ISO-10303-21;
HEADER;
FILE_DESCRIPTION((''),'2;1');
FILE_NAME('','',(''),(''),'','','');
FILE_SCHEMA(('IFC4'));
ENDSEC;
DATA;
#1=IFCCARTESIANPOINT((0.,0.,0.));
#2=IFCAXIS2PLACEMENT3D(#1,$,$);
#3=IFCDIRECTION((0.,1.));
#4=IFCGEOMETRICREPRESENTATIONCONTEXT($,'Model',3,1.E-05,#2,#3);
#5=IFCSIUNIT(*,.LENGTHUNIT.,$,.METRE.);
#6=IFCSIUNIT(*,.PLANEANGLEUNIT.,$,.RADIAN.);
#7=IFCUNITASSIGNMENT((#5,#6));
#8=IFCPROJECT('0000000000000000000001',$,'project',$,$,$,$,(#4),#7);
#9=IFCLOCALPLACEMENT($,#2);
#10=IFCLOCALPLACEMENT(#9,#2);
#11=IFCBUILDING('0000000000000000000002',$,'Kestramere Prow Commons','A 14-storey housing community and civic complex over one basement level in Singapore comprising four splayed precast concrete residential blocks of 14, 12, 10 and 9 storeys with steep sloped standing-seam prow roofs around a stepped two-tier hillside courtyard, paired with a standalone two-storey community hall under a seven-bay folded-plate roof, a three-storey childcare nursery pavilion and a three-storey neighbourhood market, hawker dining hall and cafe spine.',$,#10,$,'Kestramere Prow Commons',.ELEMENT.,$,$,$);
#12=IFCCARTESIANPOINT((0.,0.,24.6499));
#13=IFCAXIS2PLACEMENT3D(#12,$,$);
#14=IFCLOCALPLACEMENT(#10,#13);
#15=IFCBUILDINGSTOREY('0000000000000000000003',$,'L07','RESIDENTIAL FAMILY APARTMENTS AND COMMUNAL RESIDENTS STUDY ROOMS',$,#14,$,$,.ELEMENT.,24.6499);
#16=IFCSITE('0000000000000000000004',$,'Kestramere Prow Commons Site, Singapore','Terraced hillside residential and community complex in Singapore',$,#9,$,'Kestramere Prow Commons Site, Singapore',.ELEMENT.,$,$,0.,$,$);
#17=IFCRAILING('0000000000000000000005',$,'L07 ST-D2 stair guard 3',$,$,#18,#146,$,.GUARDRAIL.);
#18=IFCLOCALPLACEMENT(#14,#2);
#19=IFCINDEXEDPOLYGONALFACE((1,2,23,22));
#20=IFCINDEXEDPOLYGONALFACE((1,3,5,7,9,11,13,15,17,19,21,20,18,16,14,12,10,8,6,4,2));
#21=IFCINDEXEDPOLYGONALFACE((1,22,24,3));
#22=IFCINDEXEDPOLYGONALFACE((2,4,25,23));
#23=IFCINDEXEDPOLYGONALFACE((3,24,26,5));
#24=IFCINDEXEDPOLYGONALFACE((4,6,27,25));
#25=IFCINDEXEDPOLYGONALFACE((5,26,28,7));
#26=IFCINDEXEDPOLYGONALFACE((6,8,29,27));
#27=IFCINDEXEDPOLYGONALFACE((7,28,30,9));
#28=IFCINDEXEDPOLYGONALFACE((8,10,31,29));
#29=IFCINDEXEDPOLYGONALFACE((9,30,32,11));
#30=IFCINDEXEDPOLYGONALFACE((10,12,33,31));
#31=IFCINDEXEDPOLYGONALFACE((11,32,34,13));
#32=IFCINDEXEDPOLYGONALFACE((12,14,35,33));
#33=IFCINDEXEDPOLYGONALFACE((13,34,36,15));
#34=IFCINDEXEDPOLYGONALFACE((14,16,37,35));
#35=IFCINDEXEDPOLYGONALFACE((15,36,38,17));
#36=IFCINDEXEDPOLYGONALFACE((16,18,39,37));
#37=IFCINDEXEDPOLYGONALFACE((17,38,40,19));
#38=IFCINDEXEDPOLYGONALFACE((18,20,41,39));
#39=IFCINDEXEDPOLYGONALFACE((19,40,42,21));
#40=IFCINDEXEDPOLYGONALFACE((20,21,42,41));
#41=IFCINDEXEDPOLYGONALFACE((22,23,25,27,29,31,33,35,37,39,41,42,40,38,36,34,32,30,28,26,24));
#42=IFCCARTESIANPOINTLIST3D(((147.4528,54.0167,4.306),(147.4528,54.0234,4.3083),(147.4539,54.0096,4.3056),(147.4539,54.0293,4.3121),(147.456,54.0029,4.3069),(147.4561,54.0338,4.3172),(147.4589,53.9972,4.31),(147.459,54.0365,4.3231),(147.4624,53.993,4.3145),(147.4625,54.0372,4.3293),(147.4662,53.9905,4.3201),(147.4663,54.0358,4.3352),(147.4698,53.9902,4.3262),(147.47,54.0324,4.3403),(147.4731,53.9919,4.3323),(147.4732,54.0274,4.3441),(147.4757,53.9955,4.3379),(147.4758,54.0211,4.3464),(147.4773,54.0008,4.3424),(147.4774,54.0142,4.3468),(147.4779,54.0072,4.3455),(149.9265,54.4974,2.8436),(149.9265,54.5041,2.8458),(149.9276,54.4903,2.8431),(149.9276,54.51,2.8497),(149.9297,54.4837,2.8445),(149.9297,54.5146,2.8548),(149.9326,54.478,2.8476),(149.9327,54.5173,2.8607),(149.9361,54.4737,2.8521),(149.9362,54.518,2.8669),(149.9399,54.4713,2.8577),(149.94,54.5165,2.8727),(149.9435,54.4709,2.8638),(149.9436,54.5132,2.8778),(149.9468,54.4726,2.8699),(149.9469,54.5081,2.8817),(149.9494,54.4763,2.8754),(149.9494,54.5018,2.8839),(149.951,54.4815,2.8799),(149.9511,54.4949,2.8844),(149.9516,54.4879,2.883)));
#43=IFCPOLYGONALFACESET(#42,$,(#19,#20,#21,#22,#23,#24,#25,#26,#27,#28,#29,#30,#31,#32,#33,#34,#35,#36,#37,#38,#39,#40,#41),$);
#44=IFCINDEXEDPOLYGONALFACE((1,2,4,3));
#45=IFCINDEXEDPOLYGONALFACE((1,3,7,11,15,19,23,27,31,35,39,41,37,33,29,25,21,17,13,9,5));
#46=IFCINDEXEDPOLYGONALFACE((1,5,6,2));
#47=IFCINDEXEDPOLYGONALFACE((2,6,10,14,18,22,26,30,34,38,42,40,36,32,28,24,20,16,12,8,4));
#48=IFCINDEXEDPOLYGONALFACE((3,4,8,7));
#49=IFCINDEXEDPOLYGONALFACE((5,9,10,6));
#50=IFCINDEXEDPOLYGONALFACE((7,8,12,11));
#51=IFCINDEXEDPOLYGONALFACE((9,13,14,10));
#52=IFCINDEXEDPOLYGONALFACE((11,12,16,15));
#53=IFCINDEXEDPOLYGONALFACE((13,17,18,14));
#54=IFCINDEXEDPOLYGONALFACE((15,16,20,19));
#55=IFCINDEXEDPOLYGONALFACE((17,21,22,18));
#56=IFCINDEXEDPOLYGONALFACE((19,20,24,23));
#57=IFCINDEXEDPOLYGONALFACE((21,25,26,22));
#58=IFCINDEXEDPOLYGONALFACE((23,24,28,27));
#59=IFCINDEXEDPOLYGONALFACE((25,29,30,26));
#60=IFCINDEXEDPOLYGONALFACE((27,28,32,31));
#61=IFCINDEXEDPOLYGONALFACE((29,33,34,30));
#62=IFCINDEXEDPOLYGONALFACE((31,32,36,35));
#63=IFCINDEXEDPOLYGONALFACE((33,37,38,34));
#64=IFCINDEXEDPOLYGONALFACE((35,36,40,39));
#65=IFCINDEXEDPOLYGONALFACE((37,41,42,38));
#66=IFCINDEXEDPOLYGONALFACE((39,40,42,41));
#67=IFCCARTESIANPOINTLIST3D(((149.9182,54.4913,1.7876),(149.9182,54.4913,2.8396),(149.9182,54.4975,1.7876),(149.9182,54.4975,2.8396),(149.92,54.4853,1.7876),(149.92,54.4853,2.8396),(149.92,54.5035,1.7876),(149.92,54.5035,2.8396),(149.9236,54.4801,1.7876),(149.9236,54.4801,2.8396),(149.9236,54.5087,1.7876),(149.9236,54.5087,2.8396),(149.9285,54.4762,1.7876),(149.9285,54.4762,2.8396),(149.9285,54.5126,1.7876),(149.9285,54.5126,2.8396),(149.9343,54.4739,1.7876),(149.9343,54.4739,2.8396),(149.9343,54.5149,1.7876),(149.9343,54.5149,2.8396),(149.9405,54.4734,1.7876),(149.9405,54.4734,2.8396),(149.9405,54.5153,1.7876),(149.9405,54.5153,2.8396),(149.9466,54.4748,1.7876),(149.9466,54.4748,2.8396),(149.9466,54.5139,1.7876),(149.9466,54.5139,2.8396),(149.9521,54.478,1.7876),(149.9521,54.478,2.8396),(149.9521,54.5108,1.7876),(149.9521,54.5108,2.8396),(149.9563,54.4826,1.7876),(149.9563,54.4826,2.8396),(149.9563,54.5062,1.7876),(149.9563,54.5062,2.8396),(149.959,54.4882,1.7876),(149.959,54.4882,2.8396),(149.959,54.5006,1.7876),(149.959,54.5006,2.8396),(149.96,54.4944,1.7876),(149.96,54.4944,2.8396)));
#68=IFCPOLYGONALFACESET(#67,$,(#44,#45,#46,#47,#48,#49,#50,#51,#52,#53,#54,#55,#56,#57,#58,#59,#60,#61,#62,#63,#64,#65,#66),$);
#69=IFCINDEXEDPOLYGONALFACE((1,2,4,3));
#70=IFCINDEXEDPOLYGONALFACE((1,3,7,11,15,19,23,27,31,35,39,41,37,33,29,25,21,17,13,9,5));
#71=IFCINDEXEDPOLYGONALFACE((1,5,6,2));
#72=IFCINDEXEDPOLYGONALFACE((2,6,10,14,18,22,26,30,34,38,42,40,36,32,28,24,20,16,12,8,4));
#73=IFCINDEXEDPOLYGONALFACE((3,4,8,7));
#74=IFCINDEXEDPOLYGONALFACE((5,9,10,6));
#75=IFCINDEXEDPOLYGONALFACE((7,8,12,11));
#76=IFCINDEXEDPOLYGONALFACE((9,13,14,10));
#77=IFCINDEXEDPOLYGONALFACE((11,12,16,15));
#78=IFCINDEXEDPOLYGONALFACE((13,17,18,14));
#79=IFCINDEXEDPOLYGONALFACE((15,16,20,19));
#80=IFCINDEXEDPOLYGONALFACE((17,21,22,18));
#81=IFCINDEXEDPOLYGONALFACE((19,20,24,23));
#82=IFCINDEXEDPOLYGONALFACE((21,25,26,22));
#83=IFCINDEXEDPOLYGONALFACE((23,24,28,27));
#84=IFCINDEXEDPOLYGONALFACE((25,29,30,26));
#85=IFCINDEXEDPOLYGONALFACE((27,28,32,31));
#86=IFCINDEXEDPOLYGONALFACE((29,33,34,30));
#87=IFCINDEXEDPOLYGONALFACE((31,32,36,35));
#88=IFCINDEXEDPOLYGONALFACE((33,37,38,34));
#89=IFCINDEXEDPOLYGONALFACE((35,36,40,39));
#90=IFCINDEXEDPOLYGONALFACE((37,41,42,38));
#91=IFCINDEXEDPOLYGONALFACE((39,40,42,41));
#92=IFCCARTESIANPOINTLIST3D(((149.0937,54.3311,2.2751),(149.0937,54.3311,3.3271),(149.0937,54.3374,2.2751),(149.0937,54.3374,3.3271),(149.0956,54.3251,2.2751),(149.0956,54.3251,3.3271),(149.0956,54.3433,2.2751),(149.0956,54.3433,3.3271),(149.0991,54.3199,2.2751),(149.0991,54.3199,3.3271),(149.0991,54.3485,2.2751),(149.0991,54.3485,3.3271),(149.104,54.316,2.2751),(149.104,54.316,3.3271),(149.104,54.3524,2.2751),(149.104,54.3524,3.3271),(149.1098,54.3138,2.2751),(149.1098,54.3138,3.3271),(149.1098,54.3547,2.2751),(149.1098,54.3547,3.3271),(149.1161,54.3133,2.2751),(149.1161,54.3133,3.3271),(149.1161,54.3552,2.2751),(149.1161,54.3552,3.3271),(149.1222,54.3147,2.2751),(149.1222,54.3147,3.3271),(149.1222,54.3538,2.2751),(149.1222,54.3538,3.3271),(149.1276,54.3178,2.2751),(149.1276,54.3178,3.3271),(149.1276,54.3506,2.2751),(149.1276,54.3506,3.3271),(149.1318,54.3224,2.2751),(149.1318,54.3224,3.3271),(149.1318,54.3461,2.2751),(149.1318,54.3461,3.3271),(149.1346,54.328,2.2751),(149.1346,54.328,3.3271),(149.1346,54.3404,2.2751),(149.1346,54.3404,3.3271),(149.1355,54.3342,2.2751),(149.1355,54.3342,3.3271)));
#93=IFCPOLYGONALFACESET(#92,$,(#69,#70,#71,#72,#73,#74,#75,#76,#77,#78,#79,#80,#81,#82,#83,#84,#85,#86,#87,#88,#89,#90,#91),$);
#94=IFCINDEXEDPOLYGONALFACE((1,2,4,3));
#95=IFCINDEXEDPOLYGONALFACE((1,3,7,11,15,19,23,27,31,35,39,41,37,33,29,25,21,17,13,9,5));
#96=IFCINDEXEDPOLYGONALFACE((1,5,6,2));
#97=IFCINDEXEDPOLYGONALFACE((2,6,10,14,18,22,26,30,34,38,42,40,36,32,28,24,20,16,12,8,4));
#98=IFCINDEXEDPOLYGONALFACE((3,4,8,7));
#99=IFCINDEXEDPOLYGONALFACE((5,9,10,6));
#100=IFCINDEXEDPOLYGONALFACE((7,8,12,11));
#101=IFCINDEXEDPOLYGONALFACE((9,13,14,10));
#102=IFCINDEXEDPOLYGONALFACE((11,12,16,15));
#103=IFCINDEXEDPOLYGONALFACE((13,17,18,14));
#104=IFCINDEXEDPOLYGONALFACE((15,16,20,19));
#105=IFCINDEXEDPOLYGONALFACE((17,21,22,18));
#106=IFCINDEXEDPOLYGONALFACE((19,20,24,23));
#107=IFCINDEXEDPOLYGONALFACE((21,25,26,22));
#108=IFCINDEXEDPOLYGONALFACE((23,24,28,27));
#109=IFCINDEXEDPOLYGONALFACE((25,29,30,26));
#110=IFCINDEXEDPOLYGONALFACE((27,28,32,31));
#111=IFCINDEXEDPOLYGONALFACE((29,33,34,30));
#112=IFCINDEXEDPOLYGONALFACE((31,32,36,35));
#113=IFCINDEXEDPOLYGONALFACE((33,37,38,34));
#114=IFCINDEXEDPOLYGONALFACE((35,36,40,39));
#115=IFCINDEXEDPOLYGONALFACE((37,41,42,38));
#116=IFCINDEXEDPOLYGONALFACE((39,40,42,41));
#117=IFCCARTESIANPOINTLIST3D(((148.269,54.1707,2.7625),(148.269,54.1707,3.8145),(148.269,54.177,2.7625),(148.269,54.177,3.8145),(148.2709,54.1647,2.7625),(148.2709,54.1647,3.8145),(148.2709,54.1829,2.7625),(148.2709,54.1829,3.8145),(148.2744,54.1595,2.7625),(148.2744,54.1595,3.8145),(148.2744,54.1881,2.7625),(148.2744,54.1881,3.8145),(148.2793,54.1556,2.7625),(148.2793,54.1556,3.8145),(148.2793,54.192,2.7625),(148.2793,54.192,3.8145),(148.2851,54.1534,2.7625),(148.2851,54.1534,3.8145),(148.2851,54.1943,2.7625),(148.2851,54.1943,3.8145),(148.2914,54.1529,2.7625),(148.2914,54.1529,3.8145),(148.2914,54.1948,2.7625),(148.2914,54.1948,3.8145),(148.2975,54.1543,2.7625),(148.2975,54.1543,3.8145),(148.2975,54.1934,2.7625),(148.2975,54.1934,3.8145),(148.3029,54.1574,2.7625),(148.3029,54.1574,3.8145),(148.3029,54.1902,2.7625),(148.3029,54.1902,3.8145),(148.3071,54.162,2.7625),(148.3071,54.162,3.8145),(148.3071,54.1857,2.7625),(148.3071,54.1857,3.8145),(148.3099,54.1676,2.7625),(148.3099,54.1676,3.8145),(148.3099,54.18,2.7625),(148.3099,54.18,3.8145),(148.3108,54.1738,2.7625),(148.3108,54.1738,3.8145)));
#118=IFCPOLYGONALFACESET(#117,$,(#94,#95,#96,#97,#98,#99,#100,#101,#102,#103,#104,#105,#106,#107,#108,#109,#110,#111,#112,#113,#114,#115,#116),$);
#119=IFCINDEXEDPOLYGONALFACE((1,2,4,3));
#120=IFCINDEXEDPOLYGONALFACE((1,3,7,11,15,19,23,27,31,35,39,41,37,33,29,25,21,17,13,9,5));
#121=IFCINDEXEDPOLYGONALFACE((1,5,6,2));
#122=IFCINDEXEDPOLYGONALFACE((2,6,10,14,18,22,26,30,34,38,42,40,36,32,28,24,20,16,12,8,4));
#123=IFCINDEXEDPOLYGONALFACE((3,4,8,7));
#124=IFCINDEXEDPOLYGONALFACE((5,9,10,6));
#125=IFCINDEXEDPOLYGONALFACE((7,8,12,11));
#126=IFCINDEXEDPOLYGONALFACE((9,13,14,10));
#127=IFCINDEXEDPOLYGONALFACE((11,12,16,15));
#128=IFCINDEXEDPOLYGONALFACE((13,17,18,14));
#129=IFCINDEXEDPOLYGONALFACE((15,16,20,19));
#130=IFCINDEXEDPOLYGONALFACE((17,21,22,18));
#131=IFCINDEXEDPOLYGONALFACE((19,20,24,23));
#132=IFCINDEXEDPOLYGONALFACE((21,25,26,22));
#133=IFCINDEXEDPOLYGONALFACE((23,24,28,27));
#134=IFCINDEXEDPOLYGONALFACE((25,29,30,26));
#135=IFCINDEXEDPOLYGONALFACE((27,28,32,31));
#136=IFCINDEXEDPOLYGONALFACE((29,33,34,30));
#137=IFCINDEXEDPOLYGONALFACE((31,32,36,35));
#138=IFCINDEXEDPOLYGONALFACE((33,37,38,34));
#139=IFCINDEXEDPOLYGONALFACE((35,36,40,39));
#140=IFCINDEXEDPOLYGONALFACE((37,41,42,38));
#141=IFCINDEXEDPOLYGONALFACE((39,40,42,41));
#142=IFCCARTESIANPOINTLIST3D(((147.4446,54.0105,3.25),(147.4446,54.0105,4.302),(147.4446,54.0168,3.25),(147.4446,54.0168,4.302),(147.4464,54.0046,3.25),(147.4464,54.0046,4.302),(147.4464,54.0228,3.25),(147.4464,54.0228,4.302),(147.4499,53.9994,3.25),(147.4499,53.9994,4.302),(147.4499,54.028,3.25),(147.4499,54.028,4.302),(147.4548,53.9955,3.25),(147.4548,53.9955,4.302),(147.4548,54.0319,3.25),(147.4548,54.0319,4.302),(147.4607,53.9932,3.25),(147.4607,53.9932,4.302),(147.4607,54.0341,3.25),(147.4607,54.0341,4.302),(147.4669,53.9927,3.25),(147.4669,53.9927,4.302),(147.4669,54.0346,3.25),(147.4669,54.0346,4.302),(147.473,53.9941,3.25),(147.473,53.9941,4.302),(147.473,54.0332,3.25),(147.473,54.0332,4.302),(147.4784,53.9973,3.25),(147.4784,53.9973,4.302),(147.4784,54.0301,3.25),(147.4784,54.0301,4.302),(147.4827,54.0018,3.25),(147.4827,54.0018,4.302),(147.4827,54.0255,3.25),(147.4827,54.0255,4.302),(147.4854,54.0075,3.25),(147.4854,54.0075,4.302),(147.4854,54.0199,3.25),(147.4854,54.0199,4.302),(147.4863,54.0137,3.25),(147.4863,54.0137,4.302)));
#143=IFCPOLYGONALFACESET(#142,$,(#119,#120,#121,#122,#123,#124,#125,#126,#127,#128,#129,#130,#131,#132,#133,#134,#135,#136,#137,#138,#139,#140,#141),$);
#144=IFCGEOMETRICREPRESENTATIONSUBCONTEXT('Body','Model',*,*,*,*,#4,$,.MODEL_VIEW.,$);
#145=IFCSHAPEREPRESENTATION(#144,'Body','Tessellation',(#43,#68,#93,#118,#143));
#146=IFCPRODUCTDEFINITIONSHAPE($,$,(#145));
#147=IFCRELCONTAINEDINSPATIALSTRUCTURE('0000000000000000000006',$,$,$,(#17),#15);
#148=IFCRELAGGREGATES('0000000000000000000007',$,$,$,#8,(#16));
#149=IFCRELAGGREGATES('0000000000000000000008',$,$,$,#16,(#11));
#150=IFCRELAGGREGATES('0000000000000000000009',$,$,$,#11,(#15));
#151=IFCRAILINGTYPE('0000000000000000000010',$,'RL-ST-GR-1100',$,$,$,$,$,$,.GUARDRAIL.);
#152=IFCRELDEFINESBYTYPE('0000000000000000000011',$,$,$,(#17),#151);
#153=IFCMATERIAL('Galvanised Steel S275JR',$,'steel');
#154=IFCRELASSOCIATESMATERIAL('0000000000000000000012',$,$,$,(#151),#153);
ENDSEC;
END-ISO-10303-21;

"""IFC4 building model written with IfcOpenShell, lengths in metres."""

from ifc_helpers import new_model, si_unit, direction, frame, origin, origin_2d, place, context, subcontext, project, spatial, circle, extrude, material, type_object, element, save


model = new_model("IFC4")

# Units and contexts
model_context = context("Model", 3, precision=1e-05, world=origin(), true_north=direction((0.0, 1.0)))
body_context = subcontext(model_context, "Body", "Model", "MODEL_VIEW")
ifc_project = project(units=[si_unit("LENGTHUNIT", "METRE"), si_unit("PLANEANGLEUNIT", "RADIAN")], contexts=[model_context])

# Site, building, storey
site_placement = place(None, origin())
site = spatial("IfcSite", under=ifc_project, at=site_placement, Name="Kestramere Prow Commons Site, Singapore", Description="Terraced hillside residential and community complex in Singapore", LongName="Kestramere Prow Commons Site, Singapore", CompositionType="ELEMENT", RefElevation=0.0)
building_placement = place(site_placement, origin())
building = spatial("IfcBuilding", under=site, at=building_placement, Name="Kestramere Prow Commons", Description="A 14-storey housing community and civic complex over one basement level in Singapore comprising four splayed precast concrete residential blocks of 14, 12, 10 and 9 storeys with steep sloped standing-seam prow roofs around a stepped two-tier hillside courtyard, paired with a standalone two-storey community hall under a seven-bay folded-plate roof, a three-storey childcare nursery pavilion and a three-storey neighbourhood market, hawker dining hall and cafe spine.", LongName="Kestramere Prow Commons", CompositionType="ELEMENT")
storey_placement = place(building_placement, frame((0.0, 0.0, 24.6499)))
storey = spatial("IfcBuildingStorey", under=building, at=storey_placement, Name="L07", Description="RESIDENTIAL FAMILY APARTMENTS AND COMMUNAL RESIDENTS STUDY ROOMS", CompositionType="ELEMENT", Elevation=24.6499)

# Railing
ifc_material_1 = material(Name="Galvanised Steel S275JR", Category="steel")
railing_type_1 = type_object("IfcRailingType", Name="RL-ST-GR-1100", PredefinedType="GUARDRAIL", material=ifc_material_1)
railing_1_placement = place(storey_placement, frame((149.939, 54.4944, 1.7876)))
element("IfcRailing", 1, at=railing_1_placement, inside=storey, type_object=railing_type_1, Name="L07 ST-D2 stair guard 3", PredefinedType="GUARDRAIL", context=body_context, shape_type="SweptSolid", body=[
    extrude(circle(Radius=0.0239, at=origin_2d()), frame((0.0, 0.0, 1.0762), z_axis=(-0.84902, -0.164994, 0.501938), x_axis=(0.190766, -0.981636, 0.0)), (0.0, 0.0, 1.0), 2.9136),
    extrude(circle(Radius=0.021, at=origin_2d()), origin(), (0.0, 0.0, 1.0), 1.052),
    extrude(circle(Radius=0.021, at=origin_2d()), frame((-0.8245, -0.1602, 0.4875)), (0.0, 0.0, 1.0), 1.052),
    extrude(circle(Radius=0.021, at=origin_2d()), frame((-1.6492, -0.3206, 0.9749)), (0.0, 0.0, 1.0), 1.052),
    extrude(circle(Radius=0.021, at=origin_2d()), frame((-2.4736, -0.4807, 1.4624)), (0.0, 0.0, 1.0), 1.052),
])

save(model, "model.ifc")
